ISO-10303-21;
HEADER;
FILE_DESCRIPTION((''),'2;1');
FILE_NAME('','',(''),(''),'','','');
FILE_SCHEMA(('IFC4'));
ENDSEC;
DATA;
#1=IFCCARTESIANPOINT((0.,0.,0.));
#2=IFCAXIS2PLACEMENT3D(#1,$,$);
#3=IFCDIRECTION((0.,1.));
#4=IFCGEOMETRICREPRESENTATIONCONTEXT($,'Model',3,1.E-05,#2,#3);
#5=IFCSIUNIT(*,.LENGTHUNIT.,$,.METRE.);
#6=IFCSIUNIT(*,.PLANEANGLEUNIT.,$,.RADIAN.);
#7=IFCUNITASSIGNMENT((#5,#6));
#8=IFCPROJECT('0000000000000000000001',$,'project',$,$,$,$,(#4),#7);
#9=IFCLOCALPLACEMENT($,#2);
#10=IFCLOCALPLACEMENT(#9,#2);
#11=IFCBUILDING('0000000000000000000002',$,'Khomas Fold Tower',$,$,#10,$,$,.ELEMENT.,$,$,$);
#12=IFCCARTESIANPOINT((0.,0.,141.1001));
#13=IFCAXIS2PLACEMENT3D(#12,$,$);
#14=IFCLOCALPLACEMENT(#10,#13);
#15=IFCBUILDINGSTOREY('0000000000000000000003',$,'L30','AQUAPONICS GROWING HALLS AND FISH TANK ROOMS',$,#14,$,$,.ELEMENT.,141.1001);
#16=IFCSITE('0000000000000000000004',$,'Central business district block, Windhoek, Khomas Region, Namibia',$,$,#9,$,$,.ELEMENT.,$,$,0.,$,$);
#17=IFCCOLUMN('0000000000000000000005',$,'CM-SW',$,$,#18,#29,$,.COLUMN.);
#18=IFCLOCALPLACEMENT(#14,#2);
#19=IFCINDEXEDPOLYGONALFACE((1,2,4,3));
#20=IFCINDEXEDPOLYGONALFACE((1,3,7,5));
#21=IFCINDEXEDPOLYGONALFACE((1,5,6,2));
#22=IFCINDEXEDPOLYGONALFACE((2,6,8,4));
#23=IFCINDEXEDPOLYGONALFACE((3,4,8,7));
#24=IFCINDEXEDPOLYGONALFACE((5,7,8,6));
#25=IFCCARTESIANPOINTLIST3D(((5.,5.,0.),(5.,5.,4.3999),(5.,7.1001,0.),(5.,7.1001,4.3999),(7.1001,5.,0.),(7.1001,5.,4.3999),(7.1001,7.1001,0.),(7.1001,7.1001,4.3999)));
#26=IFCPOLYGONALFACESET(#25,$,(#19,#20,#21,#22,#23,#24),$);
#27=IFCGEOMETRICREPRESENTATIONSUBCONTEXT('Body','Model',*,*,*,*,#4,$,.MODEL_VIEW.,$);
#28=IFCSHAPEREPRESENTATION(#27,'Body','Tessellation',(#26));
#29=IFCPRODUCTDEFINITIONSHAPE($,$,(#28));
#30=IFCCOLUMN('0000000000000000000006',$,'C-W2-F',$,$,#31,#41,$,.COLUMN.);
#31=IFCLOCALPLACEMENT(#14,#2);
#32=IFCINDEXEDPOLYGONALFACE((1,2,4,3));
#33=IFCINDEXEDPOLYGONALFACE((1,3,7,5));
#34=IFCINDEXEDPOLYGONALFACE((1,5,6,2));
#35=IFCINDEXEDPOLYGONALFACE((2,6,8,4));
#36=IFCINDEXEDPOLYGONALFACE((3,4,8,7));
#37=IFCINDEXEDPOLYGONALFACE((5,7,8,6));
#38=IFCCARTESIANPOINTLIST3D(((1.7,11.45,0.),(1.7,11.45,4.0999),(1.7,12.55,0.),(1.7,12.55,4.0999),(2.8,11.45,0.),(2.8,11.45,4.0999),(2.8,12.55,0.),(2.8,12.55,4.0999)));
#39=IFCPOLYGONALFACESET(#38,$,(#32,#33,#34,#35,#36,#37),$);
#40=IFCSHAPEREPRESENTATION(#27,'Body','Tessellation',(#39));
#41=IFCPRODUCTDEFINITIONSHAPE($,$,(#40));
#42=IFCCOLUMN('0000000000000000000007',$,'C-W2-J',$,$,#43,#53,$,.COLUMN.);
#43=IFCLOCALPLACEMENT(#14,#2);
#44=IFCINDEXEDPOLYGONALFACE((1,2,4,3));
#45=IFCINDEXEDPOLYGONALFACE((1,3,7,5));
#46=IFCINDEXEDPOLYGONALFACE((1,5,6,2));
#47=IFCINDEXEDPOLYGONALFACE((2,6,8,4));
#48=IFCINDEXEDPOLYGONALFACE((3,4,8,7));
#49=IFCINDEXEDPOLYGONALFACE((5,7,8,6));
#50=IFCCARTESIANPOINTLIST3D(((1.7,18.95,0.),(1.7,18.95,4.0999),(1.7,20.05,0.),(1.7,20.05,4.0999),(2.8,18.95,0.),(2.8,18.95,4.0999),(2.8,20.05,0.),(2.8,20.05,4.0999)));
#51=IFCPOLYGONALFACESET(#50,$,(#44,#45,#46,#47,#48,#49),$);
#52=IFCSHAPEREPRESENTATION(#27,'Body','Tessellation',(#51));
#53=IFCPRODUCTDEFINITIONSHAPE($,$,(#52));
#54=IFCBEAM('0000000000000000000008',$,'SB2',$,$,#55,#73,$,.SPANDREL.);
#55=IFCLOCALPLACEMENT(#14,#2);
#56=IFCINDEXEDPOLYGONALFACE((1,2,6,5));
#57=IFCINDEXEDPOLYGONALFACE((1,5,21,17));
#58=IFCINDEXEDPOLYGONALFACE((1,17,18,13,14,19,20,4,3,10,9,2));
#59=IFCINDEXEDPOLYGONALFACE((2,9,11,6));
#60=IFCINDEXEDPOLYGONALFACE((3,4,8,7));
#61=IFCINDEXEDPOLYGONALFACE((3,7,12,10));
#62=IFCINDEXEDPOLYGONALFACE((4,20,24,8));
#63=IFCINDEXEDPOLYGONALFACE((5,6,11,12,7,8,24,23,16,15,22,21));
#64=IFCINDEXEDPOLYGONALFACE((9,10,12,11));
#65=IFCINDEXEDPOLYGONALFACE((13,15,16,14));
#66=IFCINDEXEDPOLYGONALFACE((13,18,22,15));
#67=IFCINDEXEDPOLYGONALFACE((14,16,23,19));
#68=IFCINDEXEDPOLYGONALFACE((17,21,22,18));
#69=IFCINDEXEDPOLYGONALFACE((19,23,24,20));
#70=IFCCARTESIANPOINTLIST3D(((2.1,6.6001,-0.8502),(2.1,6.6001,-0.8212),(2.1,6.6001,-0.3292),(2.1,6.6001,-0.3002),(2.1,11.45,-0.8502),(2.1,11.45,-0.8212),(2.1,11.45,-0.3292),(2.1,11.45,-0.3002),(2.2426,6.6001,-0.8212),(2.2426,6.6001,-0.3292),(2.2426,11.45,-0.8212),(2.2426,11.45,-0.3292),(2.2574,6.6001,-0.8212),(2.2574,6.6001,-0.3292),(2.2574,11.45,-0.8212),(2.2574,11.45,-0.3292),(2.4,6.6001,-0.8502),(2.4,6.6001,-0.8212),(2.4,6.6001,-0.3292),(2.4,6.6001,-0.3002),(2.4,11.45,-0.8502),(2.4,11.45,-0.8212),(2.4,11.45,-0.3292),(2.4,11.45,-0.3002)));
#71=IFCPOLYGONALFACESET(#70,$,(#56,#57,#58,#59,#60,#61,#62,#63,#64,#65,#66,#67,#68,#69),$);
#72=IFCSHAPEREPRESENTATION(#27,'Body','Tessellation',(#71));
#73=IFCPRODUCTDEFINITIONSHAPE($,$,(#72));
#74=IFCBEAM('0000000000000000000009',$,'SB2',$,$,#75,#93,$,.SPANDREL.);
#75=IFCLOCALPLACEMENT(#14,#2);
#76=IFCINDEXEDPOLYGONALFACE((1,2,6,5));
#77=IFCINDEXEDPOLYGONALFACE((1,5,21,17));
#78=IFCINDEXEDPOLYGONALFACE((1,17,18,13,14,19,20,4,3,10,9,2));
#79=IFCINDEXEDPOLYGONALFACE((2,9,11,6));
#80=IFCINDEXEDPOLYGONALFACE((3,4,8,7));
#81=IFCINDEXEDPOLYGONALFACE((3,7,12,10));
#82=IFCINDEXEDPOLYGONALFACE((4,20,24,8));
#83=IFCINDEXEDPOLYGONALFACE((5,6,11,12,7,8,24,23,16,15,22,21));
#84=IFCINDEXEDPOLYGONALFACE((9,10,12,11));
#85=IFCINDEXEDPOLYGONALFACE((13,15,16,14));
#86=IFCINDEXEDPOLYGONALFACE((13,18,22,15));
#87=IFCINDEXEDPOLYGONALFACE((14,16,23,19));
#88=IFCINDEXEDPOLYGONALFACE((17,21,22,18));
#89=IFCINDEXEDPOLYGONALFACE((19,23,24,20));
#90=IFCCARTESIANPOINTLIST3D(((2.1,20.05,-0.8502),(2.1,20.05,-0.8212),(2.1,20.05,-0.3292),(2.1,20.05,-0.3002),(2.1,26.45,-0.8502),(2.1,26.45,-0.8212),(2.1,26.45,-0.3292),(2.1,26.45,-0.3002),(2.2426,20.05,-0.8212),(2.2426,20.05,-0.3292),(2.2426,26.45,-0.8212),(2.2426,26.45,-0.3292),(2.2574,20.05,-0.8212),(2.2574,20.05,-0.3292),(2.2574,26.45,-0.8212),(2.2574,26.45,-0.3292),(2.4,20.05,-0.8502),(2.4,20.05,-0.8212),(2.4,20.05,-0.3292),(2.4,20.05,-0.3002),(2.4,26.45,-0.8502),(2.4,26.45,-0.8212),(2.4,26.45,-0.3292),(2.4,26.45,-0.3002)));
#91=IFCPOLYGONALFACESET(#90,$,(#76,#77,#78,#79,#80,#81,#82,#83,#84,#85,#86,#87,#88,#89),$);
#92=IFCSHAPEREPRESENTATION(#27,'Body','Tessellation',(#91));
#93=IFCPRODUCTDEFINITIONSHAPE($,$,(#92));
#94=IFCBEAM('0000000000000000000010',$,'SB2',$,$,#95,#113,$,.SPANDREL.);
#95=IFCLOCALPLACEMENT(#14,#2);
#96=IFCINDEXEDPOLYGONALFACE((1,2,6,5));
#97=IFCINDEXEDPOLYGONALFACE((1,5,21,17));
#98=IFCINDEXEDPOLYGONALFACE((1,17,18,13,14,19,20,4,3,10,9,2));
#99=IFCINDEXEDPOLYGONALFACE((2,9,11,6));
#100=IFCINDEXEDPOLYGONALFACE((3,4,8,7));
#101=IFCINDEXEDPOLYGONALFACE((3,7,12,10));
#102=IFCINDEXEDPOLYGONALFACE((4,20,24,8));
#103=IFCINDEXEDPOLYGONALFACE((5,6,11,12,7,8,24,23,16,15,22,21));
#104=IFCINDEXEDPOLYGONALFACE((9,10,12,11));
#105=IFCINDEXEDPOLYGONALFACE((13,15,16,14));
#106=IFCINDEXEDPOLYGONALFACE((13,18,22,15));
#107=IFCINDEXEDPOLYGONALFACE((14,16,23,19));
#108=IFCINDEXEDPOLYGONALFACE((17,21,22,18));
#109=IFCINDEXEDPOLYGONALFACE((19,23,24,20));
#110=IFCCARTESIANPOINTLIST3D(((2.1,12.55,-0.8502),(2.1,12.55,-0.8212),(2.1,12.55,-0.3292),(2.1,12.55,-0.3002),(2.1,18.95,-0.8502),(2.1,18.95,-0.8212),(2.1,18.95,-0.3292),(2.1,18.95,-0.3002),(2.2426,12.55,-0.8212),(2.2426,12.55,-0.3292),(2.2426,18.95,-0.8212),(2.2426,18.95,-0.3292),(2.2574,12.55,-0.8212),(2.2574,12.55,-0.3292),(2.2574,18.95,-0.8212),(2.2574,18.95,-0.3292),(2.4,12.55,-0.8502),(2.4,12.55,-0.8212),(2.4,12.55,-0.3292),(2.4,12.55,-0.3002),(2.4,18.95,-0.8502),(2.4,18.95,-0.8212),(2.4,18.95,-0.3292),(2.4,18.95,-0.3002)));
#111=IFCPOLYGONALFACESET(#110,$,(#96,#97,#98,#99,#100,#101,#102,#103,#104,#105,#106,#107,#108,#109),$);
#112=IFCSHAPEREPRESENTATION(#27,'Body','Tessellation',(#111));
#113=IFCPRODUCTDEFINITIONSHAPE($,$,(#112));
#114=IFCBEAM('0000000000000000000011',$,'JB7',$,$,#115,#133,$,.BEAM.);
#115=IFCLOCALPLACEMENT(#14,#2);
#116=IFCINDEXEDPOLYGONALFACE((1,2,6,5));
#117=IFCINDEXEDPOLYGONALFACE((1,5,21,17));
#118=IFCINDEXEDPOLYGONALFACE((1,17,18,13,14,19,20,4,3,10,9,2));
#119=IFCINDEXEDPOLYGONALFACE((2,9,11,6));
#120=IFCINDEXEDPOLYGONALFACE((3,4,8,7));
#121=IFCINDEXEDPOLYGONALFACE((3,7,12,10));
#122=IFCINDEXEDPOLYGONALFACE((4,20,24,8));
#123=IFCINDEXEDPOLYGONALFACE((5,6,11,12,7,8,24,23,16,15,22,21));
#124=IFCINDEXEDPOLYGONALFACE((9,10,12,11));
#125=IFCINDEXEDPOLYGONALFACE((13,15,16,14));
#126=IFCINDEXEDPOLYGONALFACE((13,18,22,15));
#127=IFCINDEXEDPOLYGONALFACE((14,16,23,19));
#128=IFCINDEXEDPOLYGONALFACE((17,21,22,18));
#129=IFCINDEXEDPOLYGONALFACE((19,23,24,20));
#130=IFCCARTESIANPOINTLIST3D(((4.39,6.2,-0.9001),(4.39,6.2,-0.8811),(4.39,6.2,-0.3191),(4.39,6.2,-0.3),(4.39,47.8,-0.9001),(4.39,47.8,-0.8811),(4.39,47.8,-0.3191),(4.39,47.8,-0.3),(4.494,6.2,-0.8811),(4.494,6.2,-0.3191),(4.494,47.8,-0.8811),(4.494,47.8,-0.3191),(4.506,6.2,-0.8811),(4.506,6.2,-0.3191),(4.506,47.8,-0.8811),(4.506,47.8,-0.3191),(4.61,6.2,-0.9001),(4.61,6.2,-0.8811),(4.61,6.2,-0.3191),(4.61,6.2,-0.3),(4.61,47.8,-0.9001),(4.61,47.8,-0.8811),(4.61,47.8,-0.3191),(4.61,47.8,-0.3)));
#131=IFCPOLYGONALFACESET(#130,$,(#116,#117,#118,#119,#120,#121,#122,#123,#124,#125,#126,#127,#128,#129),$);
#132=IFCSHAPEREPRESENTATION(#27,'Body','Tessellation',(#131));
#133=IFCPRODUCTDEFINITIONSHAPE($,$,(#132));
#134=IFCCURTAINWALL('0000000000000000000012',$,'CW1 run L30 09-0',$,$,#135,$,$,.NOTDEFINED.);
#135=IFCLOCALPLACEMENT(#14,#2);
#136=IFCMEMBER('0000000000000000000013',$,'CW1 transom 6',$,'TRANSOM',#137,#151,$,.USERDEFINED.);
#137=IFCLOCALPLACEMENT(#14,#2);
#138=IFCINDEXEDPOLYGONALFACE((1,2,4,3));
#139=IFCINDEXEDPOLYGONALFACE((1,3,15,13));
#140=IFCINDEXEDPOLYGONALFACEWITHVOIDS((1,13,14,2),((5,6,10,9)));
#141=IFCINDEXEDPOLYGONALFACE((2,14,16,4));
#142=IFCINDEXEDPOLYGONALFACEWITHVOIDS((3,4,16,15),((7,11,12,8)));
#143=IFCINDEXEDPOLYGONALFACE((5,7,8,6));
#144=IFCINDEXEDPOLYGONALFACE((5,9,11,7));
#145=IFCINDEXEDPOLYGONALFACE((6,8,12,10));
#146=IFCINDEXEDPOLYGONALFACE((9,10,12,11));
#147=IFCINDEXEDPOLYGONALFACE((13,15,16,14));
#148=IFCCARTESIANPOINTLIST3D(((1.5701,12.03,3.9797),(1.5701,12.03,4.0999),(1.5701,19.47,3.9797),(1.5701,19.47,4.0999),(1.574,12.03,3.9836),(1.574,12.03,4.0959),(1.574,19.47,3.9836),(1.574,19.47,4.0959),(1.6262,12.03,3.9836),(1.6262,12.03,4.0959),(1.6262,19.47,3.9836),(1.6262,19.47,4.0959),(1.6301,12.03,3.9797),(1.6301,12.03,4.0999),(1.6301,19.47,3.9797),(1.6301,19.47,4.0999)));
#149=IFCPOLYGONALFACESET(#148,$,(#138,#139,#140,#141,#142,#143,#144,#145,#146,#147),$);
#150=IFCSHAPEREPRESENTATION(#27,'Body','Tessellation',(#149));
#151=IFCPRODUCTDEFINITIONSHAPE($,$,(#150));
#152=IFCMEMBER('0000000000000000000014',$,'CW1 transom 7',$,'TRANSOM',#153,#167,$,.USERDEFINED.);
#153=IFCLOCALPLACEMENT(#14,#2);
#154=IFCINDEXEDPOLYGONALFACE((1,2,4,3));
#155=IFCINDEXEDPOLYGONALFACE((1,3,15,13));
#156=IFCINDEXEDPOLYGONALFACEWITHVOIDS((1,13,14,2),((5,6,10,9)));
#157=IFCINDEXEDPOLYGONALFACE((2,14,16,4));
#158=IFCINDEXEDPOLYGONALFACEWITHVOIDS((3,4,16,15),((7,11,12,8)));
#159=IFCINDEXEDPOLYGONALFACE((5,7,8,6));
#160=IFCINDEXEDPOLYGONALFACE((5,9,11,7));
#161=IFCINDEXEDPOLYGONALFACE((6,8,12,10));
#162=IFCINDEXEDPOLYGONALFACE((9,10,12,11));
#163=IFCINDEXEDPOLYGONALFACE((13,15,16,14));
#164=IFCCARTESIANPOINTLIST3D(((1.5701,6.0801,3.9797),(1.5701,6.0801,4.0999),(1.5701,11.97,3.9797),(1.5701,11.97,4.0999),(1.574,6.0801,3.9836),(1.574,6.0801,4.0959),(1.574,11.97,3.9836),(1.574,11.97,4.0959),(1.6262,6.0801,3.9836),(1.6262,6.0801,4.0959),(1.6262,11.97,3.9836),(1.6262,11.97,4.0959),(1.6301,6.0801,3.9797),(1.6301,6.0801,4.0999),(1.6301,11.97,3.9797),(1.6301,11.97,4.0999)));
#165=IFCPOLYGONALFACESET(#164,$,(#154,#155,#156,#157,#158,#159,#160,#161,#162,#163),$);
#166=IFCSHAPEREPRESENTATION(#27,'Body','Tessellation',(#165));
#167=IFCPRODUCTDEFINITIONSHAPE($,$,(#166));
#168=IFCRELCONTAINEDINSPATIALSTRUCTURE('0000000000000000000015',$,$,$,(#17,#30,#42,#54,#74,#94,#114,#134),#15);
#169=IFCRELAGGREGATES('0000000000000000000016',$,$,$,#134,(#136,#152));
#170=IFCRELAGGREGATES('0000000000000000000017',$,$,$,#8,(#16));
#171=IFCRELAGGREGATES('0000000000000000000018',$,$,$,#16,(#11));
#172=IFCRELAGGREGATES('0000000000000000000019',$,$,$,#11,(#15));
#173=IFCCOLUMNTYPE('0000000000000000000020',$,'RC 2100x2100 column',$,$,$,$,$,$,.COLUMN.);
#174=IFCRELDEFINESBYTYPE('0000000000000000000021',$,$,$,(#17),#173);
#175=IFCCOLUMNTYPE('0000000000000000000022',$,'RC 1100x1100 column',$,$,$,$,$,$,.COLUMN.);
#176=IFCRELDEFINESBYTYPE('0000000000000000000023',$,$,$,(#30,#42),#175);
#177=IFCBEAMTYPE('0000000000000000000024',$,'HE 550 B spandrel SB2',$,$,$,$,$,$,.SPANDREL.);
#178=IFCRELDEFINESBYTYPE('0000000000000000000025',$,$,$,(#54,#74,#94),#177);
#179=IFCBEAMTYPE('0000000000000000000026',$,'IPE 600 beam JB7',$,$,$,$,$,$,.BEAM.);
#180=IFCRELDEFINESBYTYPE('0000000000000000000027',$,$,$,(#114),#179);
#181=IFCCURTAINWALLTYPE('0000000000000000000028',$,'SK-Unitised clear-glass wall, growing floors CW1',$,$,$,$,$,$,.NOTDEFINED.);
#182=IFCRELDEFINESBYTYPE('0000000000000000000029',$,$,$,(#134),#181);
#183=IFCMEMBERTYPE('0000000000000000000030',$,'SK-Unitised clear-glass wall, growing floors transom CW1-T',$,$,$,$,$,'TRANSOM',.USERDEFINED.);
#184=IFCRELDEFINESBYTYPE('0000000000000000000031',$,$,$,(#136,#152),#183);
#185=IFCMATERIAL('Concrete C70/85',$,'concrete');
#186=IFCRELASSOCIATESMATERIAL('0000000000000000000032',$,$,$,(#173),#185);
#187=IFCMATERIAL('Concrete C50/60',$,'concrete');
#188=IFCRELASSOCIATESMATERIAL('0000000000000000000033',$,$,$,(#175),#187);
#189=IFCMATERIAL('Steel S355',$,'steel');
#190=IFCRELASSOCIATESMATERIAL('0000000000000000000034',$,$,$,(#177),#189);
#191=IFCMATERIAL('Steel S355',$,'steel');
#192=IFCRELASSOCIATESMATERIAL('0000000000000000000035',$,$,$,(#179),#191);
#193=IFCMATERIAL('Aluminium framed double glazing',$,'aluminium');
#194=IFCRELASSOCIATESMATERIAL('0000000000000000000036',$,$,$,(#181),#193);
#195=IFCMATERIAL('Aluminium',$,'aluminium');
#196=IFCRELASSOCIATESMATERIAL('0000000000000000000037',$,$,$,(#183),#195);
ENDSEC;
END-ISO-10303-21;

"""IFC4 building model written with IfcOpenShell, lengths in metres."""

from ifc_helpers import new_model, si_unit, direction, frame, origin, origin_2d, place, context, subcontext, project, spatial, rectangle, hollow_rectangle, i_section, extrude, source, transform, mapped, material, material_profile, profile_set, type_object, element, aggregate, save


model = new_model("IFC4")

# Units and contexts
model_context = context("Model", 3, precision=1e-05, world=origin(), true_north=direction((0.0, 1.0)))
body_context = subcontext(model_context, "Body", "Model", "MODEL_VIEW")
ifc_project = project(units=[si_unit("LENGTHUNIT", "METRE"), si_unit("PLANEANGLEUNIT", "RADIAN")], contexts=[model_context])

# Site, building, storey
site_placement = place(None, origin())
site = spatial("IfcSite", under=ifc_project, at=site_placement, Name="Central business district block, Windhoek, Khomas Region, Namibia", CompositionType="ELEMENT", RefElevation=0.0)
building_placement = place(site_placement, origin())
building = spatial("IfcBuilding", under=site, at=building_placement, Name="Khomas Fold Tower", CompositionType="ELEMENT")
storey_placement = place(building_placement, frame((0.0, 0.0, 141.1001)))
storey = spatial("IfcBuildingStorey", under=building, at=storey_placement, Name="L30", Description="AQUAPONICS GROWING HALLS AND FISH TANK ROOMS", CompositionType="ELEMENT", Elevation=141.1001)

# Columns
ifc_material_1 = material(Name="Concrete C70/85", Category="concrete")
ifc_material_profile_1 = material_profile(ifc_material_1, rectangle(XDim=2.1001, YDim=2.1001, at=origin_2d()), Name="RC 2100x2100")
ifc_profile_set_1 = profile_set([ifc_material_profile_1], Name="Concrete C70/85")
column_type_1 = type_object("IfcColumnType", Name="RC 2100x2100 column", PredefinedType="COLUMN", material=ifc_profile_set_1)
shared_shape_1 = source(origin(), body_context, "Body", "SweptSolid", [
    extrude(rectangle(XDim=2.1001, YDim=2.1001, at=origin_2d()), origin(), (0.0, 0.0, 1.0), 4.3999),
])
column_placement = place(storey_placement, frame((6.05, 6.05, 0.0), z_axis=(0.0, 0.0, 1.0), x_axis=(1.0, 0.0, 0.0)))
element("IfcColumn", 1, at=column_placement, inside=storey, type_object=column_type_1, Name="CM-SW", PredefinedType="COLUMN", context=body_context, shape_type="MappedRepresentation", body=[
    mapped(shared_shape_1, transform((0.0, 0.0, 0.0))),
])
ifc_material_2 = material(Name="Concrete C50/60", Category="concrete")
ifc_material_profile_2 = material_profile(ifc_material_2, rectangle(XDim=1.1001, YDim=1.1001, at=origin_2d()), Name="RC 1100x1100")
ifc_profile_set_2 = profile_set([ifc_material_profile_2], Name="Concrete C50/60")
column_type_2 = type_object("IfcColumnType", Name="RC 1100x1100 column", PredefinedType="COLUMN", material=ifc_profile_set_2)
shared_shape_2 = source(origin(), body_context, "Body", "SweptSolid", [
    extrude(rectangle(XDim=1.1001, YDim=1.1001, at=origin_2d()), origin(), (0.0, 0.0, 1.0), 4.0999),
])
for number, where, z_axis, x_axis, name in (
    (2, (2.25, 12.0, 0.0), (0.0, 0.0, 1.0), (1.0, 0.0, 0.0), "C-W2-F"),
    (3, (2.25, 19.5, 0.0), (0.0, 0.0, 1.0), (1.0, 0.0, 0.0), "C-W2-J"),
):
    element("IfcColumn", number, at=place(storey_placement, frame(where, z_axis=z_axis, x_axis=x_axis)), inside=storey, type_object=column_type_2, Name=name, PredefinedType="COLUMN", context=body_context, shape_type="MappedRepresentation", body=[
        mapped(shared_shape_2, transform((0.0, 0.0, 0.0))),
    ])

# Beams
ifc_material_3 = material(Name="Steel S355", Category="steel")
ifc_material_profile_3 = material_profile(ifc_material_3, i_section(OverallWidth=0.3, OverallDepth=0.55, WebThickness=0.0149, FlangeThickness=0.0291, at=origin_2d()), Name="HE 550 B")
ifc_profile_set_3 = profile_set([ifc_material_profile_3], Name="Steel S355")
beam_type_1 = type_object("IfcBeamType", Name="HE 550 B spandrel SB2", PredefinedType="SPANDREL", material=ifc_profile_set_3)
shared_shape_3 = source(origin(), body_context, "Body", "SweptSolid", [
    extrude(i_section(OverallWidth=0.3, OverallDepth=0.55, WebThickness=0.0149, FlangeThickness=0.0291, at=origin_2d()), origin(), (0.0, 0.0, 1.0), 4.8499),
])
beam_1_placement = place(storey_placement, frame((2.25, 6.6001, -0.5752), z_axis=(0.0, 1.0, 0.0), x_axis=(-1.0, 0.0, 0.0)))
element("IfcBeam", 4, at=beam_1_placement, inside=storey, type_object=beam_type_1, Name="SB2", PredefinedType="SPANDREL", context=body_context, shape_type="MappedRepresentation", body=[
    mapped(shared_shape_3, transform((0.0, 0.0, 0.0))),
])
shared_shape_4 = source(origin(), body_context, "Body", "SweptSolid", [
    extrude(i_section(OverallWidth=0.3, OverallDepth=0.55, WebThickness=0.0149, FlangeThickness=0.0291, at=origin_2d()), origin(), (0.0, 0.0, 1.0), 6.3999),
])
for number, where, z_axis, x_axis, name in (
    (5, (2.25, 20.05, -0.5752), (0.0, 1.0, 0.0), (-1.0, 0.0, 0.0), "SB2"),
    (6, (2.25, 12.55, -0.5752), (0.0, 1.0, 0.0), (-1.0, 0.0, 0.0), "SB2"),
):
    element("IfcBeam", number, at=place(storey_placement, frame(where, z_axis=z_axis, x_axis=x_axis)), inside=storey, type_object=beam_type_1, Name=name, PredefinedType="SPANDREL", context=body_context, shape_type="MappedRepresentation", body=[
        mapped(shared_shape_4, transform((0.0, 0.0, 0.0))),
    ])
ifc_material_4 = material(Name="Steel S355", Category="steel")
ifc_material_profile_4 = material_profile(ifc_material_4, i_section(OverallWidth=0.22, OverallDepth=0.6001, WebThickness=0.012, FlangeThickness=0.019, at=origin_2d()), Name="IPE 600")
ifc_profile_set_4 = profile_set([ifc_material_profile_4], Name="Steel S355")
beam_type_2 = type_object("IfcBeamType", Name="IPE 600 beam JB7", PredefinedType="BEAM", material=ifc_profile_set_4)
shared_shape_5 = source(origin(), body_context, "Body", "SweptSolid", [
    extrude(i_section(OverallWidth=0.22, OverallDepth=0.6001, WebThickness=0.012, FlangeThickness=0.019, at=origin_2d()), origin(), (0.0, 0.0, 1.0), 41.6001),
])
beam_2_placement = place(storey_placement, frame((4.5, 6.2, -0.6001), z_axis=(0.0, 1.0, 0.0), x_axis=(-1.0, 0.0, 0.0)))
element("IfcBeam", 7, at=beam_2_placement, inside=storey, type_object=beam_type_2, Name="JB7", PredefinedType="BEAM", context=body_context, shape_type="MappedRepresentation", body=[
    mapped(shared_shape_5, transform((0.0, 0.0, 0.0))),
])

# Curtain wall, members
ifc_material_5 = material(Name="Aluminium framed double glazing", Category="aluminium")
curtain_wall_type = type_object("IfcCurtainWallType", Name="SK-Unitised clear-glass wall, growing floors CW1", PredefinedType="NOTDEFINED", material=ifc_material_5)
curtain_wall_placement = place(storey_placement, origin())
curtain_wall = element("IfcCurtainWall", 8, at=curtain_wall_placement, inside=storey, type_object=curtain_wall_type, Name="CW1 run L30 09-0", PredefinedType="NOTDEFINED")
ifc_material_6 = material(Name="Aluminium", Category="aluminium")
ifc_material_profile_5 = material_profile(ifc_material_6, hollow_rectangle(XDim=0.0601, YDim=0.1201, WallThickness=0.0039, at=origin_2d()), Name="SK-Unitised clear-glass wall, growing floors transom CW1-T")
ifc_profile_set_5 = profile_set([ifc_material_profile_5], Name="Aluminium")
member_type_1 = type_object("IfcMemberType", Name="SK-Unitised clear-glass wall, growing floors transom CW1-T", ElementType="TRANSOM", PredefinedType="USERDEFINED", material=ifc_profile_set_5)
shared_shape_6 = source(origin(), body_context, "Body", "SweptSolid", [
    extrude(hollow_rectangle(XDim=0.0601, YDim=0.1201, WallThickness=0.0039, at=origin_2d()), origin(), (0.0, 0.0, 1.0), 7.4399),
])
member_1_placement = place(storey_placement, frame((1.6001, 19.47, 4.0398), z_axis=(0.0, -1.0, 0.0), x_axis=(1.0, 0.0, 0.0)))
member_1 = element("IfcMember", 9, at=member_1_placement, type_object=member_type_1, Name="CW1 transom 6", ObjectType="TRANSOM", PredefinedType="USERDEFINED", context=body_context, shape_type="MappedRepresentation", body=[
    mapped(shared_shape_6, transform((0.0, 0.0, 0.0))),
])
shared_shape_7 = source(origin(), body_context, "Body", "SweptSolid", [
    extrude(hollow_rectangle(XDim=0.0601, YDim=0.1201, WallThickness=0.0039, at=origin_2d()), origin(), (0.0, 0.0, 1.0), 5.8899),
])
member_2_placement = place(storey_placement, frame((1.6001, 11.97, 4.0398), z_axis=(0.0, -1.0, 0.0), x_axis=(1.0, 0.0, 0.0)))
member_2 = element("IfcMember", 10, at=member_2_placement, type_object=member_type_1, Name="CW1 transom 7", ObjectType="TRANSOM", PredefinedType="USERDEFINED", context=body_context, shape_type="MappedRepresentation", body=[
    mapped(shared_shape_7, transform((0.0, 0.0, 0.0))),
])

aggregate(curtain_wall, [member_1, member_2])

save(model, "model.ifc")
